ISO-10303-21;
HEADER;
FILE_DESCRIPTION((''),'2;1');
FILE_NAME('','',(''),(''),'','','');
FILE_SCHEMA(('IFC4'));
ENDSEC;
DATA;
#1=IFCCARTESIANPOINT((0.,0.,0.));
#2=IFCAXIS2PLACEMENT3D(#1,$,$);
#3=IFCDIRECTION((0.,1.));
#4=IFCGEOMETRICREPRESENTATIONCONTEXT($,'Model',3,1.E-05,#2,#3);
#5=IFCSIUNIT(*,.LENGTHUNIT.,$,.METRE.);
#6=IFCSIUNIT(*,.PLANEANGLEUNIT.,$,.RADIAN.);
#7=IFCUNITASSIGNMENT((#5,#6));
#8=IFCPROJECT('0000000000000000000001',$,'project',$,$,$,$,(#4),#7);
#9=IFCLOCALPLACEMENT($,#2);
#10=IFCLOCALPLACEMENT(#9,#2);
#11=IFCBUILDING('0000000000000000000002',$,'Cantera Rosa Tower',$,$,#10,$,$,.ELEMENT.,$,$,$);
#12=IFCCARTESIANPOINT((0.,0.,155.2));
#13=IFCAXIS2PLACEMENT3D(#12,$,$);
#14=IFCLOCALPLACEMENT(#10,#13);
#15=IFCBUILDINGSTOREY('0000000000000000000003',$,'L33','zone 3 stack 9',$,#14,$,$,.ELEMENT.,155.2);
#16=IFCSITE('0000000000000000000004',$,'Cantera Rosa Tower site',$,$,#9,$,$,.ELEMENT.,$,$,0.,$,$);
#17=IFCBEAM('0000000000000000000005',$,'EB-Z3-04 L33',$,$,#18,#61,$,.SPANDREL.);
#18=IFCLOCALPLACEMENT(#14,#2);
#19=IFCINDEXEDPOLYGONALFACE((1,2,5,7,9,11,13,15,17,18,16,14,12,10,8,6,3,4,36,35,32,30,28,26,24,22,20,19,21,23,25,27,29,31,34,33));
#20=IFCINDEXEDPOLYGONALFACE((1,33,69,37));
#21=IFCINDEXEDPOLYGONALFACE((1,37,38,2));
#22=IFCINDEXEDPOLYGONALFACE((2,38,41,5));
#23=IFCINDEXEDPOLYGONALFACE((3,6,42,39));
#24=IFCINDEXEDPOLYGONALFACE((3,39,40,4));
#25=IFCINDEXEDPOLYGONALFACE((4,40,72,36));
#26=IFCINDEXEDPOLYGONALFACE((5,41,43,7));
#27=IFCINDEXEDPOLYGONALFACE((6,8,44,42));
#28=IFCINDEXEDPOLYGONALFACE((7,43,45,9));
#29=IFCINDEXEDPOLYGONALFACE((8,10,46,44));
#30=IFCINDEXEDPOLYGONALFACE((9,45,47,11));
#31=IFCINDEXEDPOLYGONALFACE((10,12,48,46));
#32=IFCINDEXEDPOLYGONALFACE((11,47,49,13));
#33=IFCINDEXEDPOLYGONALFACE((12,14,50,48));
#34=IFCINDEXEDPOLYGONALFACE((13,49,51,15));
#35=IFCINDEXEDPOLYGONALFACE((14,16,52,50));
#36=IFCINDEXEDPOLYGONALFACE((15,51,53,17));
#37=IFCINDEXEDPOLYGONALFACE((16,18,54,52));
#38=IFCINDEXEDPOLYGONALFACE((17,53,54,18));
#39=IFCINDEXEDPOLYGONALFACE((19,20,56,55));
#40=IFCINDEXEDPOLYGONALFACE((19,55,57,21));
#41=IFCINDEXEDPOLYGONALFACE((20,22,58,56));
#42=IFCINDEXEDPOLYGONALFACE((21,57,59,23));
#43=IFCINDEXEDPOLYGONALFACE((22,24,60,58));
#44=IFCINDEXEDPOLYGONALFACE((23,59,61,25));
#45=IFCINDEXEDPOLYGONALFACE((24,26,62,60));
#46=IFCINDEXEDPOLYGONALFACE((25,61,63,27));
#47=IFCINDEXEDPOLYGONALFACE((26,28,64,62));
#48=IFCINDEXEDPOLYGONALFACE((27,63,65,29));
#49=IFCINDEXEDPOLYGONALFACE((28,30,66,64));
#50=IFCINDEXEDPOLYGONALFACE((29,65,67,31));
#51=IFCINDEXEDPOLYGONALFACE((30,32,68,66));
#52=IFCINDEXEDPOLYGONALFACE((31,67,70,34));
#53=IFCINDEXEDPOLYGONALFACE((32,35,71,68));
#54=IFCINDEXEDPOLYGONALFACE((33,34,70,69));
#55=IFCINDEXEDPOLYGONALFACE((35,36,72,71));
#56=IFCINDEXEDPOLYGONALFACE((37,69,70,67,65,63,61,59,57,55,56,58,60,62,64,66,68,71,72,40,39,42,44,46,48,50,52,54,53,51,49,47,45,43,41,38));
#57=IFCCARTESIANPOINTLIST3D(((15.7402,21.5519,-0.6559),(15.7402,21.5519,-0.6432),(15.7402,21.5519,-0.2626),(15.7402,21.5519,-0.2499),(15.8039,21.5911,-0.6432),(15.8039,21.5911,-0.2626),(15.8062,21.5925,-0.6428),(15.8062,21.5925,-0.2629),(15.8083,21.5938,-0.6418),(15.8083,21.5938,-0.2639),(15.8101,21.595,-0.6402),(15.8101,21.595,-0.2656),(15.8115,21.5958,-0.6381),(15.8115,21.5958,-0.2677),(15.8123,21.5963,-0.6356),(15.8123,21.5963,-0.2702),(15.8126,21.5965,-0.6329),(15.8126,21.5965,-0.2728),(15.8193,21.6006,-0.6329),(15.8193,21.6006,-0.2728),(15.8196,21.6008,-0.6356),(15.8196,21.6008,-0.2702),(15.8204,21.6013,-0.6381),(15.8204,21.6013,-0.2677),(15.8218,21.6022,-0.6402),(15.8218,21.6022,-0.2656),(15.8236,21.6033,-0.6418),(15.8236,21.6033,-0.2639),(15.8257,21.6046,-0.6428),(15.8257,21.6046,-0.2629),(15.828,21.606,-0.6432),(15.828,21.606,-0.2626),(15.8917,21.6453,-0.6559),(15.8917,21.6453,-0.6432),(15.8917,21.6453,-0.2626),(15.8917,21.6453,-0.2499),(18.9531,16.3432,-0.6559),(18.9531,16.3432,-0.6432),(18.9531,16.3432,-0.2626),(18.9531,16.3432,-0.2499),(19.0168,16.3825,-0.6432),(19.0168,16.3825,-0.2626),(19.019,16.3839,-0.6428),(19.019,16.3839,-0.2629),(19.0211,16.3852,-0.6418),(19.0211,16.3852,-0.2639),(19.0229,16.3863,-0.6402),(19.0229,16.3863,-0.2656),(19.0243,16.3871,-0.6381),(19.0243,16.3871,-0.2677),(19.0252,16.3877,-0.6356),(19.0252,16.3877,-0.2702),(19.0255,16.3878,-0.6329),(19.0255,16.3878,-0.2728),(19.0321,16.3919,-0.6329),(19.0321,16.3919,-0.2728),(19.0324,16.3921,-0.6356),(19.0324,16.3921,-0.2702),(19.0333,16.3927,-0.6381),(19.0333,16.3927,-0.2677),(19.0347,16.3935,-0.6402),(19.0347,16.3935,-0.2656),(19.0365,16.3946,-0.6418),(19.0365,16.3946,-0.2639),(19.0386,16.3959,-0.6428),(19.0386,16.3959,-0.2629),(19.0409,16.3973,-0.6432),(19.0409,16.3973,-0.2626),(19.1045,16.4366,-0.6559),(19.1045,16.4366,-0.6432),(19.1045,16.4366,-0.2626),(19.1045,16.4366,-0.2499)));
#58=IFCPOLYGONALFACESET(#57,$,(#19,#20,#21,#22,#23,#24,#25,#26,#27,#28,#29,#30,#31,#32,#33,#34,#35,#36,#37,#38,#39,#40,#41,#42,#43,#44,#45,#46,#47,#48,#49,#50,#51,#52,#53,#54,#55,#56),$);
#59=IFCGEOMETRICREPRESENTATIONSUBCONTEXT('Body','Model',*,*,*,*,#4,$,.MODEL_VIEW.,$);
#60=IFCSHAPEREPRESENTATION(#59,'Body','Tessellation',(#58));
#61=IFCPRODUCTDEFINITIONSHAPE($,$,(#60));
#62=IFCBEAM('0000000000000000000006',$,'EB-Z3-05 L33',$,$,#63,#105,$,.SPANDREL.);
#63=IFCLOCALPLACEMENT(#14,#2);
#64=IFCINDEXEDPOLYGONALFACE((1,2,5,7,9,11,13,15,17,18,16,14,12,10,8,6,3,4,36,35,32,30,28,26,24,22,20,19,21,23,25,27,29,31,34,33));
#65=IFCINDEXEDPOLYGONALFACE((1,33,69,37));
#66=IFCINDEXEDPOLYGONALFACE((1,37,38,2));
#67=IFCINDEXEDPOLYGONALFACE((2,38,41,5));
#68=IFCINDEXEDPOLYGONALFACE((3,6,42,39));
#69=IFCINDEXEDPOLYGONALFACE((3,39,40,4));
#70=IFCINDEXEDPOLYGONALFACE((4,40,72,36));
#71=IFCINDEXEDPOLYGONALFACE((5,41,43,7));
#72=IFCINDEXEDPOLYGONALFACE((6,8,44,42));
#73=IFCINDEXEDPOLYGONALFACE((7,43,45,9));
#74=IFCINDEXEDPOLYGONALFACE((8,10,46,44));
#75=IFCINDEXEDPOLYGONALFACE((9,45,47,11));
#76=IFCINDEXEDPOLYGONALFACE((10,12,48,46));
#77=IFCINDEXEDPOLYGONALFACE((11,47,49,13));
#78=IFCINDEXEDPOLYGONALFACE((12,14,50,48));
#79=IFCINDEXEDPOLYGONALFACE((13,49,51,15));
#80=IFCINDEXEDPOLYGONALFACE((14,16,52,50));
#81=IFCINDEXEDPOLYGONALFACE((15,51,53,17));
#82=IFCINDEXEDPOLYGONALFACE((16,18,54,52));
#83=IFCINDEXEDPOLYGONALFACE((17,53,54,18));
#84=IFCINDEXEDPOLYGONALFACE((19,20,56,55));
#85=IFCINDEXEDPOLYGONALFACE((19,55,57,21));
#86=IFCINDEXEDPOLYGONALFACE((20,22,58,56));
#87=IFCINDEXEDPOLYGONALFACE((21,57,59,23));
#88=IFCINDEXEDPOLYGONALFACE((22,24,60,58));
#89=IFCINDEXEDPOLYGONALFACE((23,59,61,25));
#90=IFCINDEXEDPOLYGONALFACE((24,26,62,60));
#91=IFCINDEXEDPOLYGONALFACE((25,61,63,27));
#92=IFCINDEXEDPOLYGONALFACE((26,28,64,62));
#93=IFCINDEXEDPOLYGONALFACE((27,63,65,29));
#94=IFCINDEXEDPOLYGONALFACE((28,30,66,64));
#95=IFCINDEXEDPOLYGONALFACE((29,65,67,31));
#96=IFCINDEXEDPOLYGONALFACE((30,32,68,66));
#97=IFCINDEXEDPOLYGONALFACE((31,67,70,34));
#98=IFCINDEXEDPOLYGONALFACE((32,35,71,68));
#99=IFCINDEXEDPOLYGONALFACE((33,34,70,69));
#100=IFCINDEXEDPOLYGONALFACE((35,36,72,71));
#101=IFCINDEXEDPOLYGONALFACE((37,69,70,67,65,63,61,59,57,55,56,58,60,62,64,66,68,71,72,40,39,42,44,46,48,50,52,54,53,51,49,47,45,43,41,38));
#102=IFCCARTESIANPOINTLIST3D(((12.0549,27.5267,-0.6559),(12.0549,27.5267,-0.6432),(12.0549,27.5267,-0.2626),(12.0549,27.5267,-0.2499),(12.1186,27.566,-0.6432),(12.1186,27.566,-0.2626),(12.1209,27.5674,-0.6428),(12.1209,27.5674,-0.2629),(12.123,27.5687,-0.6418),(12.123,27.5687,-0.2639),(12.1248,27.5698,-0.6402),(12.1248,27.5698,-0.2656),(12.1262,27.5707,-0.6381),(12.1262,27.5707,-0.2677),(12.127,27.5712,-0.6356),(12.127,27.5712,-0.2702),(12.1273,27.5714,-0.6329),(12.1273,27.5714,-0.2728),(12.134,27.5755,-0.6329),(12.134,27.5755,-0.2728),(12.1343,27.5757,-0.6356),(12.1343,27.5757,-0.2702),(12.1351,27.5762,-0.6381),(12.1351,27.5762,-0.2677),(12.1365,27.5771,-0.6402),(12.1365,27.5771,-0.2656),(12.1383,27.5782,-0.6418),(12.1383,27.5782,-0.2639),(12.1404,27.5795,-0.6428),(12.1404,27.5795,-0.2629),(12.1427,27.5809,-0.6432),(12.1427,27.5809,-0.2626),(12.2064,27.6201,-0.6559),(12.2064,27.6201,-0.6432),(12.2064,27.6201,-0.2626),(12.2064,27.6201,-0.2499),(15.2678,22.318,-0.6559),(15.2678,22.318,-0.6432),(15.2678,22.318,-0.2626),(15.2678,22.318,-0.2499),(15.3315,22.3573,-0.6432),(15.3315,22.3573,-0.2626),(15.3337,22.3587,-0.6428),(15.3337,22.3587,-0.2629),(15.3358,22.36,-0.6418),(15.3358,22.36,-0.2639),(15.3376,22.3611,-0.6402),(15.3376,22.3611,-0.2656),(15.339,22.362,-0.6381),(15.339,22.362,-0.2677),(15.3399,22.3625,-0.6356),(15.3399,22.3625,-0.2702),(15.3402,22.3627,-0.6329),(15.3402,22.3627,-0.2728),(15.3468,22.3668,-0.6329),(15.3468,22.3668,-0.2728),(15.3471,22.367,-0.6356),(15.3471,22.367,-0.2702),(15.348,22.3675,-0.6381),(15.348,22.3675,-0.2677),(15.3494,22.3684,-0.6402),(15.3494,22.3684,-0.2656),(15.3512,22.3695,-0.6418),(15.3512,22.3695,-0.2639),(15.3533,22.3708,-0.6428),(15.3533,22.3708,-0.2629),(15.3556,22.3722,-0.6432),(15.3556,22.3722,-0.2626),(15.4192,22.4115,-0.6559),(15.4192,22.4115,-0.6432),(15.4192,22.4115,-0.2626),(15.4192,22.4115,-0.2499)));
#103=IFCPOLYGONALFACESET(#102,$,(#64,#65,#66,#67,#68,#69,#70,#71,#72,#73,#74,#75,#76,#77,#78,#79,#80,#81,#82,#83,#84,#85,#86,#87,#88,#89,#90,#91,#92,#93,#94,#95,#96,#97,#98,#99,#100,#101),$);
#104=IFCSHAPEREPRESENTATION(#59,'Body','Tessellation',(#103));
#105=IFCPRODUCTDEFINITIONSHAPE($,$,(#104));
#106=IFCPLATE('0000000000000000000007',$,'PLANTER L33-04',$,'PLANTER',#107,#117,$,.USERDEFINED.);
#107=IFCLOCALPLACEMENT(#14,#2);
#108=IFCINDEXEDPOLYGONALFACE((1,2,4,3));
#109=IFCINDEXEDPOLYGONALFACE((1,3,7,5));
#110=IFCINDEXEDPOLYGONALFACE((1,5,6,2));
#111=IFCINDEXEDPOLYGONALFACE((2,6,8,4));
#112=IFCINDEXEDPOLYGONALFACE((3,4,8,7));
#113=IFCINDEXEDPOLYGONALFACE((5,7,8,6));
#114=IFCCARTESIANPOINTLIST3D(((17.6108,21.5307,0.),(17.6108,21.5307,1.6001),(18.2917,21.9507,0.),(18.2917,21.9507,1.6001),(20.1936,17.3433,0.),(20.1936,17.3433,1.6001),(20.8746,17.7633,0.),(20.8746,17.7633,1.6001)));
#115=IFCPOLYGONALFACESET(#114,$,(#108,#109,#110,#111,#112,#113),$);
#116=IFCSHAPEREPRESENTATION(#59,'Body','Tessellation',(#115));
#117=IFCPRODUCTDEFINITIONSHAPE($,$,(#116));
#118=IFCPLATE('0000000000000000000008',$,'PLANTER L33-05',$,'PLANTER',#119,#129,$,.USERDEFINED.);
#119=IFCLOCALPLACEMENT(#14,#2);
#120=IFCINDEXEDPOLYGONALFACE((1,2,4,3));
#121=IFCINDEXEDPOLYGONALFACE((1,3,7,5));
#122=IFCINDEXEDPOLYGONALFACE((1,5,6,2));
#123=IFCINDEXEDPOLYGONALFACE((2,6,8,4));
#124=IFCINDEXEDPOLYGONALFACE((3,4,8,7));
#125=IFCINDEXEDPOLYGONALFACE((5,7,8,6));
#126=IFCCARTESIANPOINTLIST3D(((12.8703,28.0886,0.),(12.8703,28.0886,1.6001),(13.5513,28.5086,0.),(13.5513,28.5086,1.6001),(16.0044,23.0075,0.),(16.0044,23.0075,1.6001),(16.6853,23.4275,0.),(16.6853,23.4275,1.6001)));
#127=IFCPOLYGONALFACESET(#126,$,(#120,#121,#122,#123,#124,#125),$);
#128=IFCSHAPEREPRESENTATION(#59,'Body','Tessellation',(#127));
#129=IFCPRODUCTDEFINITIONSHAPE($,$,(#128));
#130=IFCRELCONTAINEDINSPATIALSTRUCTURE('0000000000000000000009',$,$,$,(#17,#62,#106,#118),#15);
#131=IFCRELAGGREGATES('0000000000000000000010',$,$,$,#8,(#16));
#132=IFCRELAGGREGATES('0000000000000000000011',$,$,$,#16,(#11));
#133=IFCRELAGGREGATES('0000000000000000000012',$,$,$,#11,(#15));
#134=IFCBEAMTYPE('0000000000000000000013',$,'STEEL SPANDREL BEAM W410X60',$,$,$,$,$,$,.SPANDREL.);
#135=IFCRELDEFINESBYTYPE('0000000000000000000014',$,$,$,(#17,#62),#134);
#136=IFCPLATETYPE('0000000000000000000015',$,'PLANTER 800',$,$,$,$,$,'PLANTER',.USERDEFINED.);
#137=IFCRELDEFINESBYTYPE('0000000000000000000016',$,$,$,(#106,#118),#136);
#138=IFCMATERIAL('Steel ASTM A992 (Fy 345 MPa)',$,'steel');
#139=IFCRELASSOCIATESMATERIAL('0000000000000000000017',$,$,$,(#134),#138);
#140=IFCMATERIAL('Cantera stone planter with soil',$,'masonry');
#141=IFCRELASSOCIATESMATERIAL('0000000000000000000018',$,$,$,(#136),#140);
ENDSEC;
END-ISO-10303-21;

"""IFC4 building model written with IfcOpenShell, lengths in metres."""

from ifc_helpers import new_model, si_unit, direction, frame, origin, origin_2d, place, context, subcontext, project, spatial, rectangle, i_section, extrude, material, material_profile, profile_set, type_object, element, save


model = new_model("IFC4")

# Units and contexts
model_context = context("Model", 3, precision=1e-05, world=origin(), true_north=direction((0.0, 1.0)))
body_context = subcontext(model_context, "Body", "Model", "MODEL_VIEW")
ifc_project = project(units=[si_unit("LENGTHUNIT", "METRE"), si_unit("PLANEANGLEUNIT", "RADIAN")], contexts=[model_context])

# Site, building, storey
site_placement = place(None, origin())
site = spatial("IfcSite", under=ifc_project, at=site_placement, Name="Cantera Rosa Tower site", CompositionType="ELEMENT", RefElevation=0.0)
building_placement = place(site_placement, origin())
building = spatial("IfcBuilding", under=site, at=building_placement, Name="Cantera Rosa Tower", CompositionType="ELEMENT")
storey_placement = place(building_placement, frame((0.0, 0.0, 155.2)))
storey = spatial("IfcBuildingStorey", under=building, at=storey_placement, Name="L33", Description="zone 3 stack 9", CompositionType="ELEMENT", Elevation=155.2)

# Beams
ifc_material_1 = material(Name="Steel ASTM A992 (Fy 345 MPa)", Category="steel")
ifc_material_profile_1 = material_profile(ifc_material_1, i_section(OverallWidth=0.178, OverallDepth=0.406, WebThickness=0.0078, FlangeThickness=0.0127, FilletRadius=0.0103, at=origin_2d()), Name="W410X60")
ifc_profile_set_1 = profile_set([ifc_material_profile_1], Name="Steel ASTM A992 (Fy 345 MPa)")
beam_type_1 = type_object("IfcBeamType", Name="STEEL SPANDREL BEAM W410X60", PredefinedType="SPANDREL", material=ifc_profile_set_1)
for number, where, z_axis, x_axis, name in (
    (1, (19.0288, 16.3899, -0.4529), (-0.524987, 0.85111, 0.0), (-0.85111, -0.524987, 0.0), "EB-Z3-04 L33"),
    (2, (15.3435, 22.3647, -0.4529), (-0.524987, 0.85111, 0.0), (-0.85111, -0.524987, 0.0), "EB-Z3-05 L33"),
):
    element("IfcBeam", number, at=place(storey_placement, frame(where, z_axis=z_axis, x_axis=x_axis)), inside=storey, type_object=beam_type_1, Name=name, PredefinedType="SPANDREL", context=body_context, shape_type="SweptSolid", body=[
        extrude(i_section(OverallWidth=0.178, OverallDepth=0.406, WebThickness=0.0078, FlangeThickness=0.0127, FilletRadius=0.0103, at=origin_2d()), origin(), (0.0, 0.0, 1.0), 6.1199),
    ])

# Plates
ifc_material_2 = material(Name="Cantera stone planter with soil", Category="masonry")
plate_type = type_object("IfcPlateType", Name="PLANTER 800", ElementType="PLANTER", PredefinedType="USERDEFINED", material=ifc_material_2)
plate_1_placement = place(storey_placement, frame((19.2427, 19.647, 0.0), z_axis=(0.0, 0.0, 1.0), x_axis=(-0.524977, 0.851117, 0.0)))
element("IfcPlate", 3, at=plate_1_placement, inside=storey, type_object=plate_type, Name="PLANTER L33-04", ObjectType="PLANTER", PredefinedType="USERDEFINED", context=body_context, shape_type="SweptSolid", body=[
    extrude(rectangle(XDim=4.9199, YDim=0.8, at=origin_2d()), origin(), (0.0, 0.0, 1.0), 1.6001),
])
plate_2_placement = place(storey_placement, frame((14.7778, 25.7581, 0.0), z_axis=(0.0, 0.0, 1.0), x_axis=(-0.524977, 0.851117, 0.0)))
element("IfcPlate", 4, at=plate_2_placement, inside=storey, type_object=plate_type, Name="PLANTER L33-05", ObjectType="PLANTER", PredefinedType="USERDEFINED", context=body_context, shape_type="SweptSolid", body=[
    extrude(rectangle(XDim=5.97, YDim=0.8, at=origin_2d()), origin(), (0.0, 0.0, 1.0), 1.6001),
])

save(model, "model.ifc")
